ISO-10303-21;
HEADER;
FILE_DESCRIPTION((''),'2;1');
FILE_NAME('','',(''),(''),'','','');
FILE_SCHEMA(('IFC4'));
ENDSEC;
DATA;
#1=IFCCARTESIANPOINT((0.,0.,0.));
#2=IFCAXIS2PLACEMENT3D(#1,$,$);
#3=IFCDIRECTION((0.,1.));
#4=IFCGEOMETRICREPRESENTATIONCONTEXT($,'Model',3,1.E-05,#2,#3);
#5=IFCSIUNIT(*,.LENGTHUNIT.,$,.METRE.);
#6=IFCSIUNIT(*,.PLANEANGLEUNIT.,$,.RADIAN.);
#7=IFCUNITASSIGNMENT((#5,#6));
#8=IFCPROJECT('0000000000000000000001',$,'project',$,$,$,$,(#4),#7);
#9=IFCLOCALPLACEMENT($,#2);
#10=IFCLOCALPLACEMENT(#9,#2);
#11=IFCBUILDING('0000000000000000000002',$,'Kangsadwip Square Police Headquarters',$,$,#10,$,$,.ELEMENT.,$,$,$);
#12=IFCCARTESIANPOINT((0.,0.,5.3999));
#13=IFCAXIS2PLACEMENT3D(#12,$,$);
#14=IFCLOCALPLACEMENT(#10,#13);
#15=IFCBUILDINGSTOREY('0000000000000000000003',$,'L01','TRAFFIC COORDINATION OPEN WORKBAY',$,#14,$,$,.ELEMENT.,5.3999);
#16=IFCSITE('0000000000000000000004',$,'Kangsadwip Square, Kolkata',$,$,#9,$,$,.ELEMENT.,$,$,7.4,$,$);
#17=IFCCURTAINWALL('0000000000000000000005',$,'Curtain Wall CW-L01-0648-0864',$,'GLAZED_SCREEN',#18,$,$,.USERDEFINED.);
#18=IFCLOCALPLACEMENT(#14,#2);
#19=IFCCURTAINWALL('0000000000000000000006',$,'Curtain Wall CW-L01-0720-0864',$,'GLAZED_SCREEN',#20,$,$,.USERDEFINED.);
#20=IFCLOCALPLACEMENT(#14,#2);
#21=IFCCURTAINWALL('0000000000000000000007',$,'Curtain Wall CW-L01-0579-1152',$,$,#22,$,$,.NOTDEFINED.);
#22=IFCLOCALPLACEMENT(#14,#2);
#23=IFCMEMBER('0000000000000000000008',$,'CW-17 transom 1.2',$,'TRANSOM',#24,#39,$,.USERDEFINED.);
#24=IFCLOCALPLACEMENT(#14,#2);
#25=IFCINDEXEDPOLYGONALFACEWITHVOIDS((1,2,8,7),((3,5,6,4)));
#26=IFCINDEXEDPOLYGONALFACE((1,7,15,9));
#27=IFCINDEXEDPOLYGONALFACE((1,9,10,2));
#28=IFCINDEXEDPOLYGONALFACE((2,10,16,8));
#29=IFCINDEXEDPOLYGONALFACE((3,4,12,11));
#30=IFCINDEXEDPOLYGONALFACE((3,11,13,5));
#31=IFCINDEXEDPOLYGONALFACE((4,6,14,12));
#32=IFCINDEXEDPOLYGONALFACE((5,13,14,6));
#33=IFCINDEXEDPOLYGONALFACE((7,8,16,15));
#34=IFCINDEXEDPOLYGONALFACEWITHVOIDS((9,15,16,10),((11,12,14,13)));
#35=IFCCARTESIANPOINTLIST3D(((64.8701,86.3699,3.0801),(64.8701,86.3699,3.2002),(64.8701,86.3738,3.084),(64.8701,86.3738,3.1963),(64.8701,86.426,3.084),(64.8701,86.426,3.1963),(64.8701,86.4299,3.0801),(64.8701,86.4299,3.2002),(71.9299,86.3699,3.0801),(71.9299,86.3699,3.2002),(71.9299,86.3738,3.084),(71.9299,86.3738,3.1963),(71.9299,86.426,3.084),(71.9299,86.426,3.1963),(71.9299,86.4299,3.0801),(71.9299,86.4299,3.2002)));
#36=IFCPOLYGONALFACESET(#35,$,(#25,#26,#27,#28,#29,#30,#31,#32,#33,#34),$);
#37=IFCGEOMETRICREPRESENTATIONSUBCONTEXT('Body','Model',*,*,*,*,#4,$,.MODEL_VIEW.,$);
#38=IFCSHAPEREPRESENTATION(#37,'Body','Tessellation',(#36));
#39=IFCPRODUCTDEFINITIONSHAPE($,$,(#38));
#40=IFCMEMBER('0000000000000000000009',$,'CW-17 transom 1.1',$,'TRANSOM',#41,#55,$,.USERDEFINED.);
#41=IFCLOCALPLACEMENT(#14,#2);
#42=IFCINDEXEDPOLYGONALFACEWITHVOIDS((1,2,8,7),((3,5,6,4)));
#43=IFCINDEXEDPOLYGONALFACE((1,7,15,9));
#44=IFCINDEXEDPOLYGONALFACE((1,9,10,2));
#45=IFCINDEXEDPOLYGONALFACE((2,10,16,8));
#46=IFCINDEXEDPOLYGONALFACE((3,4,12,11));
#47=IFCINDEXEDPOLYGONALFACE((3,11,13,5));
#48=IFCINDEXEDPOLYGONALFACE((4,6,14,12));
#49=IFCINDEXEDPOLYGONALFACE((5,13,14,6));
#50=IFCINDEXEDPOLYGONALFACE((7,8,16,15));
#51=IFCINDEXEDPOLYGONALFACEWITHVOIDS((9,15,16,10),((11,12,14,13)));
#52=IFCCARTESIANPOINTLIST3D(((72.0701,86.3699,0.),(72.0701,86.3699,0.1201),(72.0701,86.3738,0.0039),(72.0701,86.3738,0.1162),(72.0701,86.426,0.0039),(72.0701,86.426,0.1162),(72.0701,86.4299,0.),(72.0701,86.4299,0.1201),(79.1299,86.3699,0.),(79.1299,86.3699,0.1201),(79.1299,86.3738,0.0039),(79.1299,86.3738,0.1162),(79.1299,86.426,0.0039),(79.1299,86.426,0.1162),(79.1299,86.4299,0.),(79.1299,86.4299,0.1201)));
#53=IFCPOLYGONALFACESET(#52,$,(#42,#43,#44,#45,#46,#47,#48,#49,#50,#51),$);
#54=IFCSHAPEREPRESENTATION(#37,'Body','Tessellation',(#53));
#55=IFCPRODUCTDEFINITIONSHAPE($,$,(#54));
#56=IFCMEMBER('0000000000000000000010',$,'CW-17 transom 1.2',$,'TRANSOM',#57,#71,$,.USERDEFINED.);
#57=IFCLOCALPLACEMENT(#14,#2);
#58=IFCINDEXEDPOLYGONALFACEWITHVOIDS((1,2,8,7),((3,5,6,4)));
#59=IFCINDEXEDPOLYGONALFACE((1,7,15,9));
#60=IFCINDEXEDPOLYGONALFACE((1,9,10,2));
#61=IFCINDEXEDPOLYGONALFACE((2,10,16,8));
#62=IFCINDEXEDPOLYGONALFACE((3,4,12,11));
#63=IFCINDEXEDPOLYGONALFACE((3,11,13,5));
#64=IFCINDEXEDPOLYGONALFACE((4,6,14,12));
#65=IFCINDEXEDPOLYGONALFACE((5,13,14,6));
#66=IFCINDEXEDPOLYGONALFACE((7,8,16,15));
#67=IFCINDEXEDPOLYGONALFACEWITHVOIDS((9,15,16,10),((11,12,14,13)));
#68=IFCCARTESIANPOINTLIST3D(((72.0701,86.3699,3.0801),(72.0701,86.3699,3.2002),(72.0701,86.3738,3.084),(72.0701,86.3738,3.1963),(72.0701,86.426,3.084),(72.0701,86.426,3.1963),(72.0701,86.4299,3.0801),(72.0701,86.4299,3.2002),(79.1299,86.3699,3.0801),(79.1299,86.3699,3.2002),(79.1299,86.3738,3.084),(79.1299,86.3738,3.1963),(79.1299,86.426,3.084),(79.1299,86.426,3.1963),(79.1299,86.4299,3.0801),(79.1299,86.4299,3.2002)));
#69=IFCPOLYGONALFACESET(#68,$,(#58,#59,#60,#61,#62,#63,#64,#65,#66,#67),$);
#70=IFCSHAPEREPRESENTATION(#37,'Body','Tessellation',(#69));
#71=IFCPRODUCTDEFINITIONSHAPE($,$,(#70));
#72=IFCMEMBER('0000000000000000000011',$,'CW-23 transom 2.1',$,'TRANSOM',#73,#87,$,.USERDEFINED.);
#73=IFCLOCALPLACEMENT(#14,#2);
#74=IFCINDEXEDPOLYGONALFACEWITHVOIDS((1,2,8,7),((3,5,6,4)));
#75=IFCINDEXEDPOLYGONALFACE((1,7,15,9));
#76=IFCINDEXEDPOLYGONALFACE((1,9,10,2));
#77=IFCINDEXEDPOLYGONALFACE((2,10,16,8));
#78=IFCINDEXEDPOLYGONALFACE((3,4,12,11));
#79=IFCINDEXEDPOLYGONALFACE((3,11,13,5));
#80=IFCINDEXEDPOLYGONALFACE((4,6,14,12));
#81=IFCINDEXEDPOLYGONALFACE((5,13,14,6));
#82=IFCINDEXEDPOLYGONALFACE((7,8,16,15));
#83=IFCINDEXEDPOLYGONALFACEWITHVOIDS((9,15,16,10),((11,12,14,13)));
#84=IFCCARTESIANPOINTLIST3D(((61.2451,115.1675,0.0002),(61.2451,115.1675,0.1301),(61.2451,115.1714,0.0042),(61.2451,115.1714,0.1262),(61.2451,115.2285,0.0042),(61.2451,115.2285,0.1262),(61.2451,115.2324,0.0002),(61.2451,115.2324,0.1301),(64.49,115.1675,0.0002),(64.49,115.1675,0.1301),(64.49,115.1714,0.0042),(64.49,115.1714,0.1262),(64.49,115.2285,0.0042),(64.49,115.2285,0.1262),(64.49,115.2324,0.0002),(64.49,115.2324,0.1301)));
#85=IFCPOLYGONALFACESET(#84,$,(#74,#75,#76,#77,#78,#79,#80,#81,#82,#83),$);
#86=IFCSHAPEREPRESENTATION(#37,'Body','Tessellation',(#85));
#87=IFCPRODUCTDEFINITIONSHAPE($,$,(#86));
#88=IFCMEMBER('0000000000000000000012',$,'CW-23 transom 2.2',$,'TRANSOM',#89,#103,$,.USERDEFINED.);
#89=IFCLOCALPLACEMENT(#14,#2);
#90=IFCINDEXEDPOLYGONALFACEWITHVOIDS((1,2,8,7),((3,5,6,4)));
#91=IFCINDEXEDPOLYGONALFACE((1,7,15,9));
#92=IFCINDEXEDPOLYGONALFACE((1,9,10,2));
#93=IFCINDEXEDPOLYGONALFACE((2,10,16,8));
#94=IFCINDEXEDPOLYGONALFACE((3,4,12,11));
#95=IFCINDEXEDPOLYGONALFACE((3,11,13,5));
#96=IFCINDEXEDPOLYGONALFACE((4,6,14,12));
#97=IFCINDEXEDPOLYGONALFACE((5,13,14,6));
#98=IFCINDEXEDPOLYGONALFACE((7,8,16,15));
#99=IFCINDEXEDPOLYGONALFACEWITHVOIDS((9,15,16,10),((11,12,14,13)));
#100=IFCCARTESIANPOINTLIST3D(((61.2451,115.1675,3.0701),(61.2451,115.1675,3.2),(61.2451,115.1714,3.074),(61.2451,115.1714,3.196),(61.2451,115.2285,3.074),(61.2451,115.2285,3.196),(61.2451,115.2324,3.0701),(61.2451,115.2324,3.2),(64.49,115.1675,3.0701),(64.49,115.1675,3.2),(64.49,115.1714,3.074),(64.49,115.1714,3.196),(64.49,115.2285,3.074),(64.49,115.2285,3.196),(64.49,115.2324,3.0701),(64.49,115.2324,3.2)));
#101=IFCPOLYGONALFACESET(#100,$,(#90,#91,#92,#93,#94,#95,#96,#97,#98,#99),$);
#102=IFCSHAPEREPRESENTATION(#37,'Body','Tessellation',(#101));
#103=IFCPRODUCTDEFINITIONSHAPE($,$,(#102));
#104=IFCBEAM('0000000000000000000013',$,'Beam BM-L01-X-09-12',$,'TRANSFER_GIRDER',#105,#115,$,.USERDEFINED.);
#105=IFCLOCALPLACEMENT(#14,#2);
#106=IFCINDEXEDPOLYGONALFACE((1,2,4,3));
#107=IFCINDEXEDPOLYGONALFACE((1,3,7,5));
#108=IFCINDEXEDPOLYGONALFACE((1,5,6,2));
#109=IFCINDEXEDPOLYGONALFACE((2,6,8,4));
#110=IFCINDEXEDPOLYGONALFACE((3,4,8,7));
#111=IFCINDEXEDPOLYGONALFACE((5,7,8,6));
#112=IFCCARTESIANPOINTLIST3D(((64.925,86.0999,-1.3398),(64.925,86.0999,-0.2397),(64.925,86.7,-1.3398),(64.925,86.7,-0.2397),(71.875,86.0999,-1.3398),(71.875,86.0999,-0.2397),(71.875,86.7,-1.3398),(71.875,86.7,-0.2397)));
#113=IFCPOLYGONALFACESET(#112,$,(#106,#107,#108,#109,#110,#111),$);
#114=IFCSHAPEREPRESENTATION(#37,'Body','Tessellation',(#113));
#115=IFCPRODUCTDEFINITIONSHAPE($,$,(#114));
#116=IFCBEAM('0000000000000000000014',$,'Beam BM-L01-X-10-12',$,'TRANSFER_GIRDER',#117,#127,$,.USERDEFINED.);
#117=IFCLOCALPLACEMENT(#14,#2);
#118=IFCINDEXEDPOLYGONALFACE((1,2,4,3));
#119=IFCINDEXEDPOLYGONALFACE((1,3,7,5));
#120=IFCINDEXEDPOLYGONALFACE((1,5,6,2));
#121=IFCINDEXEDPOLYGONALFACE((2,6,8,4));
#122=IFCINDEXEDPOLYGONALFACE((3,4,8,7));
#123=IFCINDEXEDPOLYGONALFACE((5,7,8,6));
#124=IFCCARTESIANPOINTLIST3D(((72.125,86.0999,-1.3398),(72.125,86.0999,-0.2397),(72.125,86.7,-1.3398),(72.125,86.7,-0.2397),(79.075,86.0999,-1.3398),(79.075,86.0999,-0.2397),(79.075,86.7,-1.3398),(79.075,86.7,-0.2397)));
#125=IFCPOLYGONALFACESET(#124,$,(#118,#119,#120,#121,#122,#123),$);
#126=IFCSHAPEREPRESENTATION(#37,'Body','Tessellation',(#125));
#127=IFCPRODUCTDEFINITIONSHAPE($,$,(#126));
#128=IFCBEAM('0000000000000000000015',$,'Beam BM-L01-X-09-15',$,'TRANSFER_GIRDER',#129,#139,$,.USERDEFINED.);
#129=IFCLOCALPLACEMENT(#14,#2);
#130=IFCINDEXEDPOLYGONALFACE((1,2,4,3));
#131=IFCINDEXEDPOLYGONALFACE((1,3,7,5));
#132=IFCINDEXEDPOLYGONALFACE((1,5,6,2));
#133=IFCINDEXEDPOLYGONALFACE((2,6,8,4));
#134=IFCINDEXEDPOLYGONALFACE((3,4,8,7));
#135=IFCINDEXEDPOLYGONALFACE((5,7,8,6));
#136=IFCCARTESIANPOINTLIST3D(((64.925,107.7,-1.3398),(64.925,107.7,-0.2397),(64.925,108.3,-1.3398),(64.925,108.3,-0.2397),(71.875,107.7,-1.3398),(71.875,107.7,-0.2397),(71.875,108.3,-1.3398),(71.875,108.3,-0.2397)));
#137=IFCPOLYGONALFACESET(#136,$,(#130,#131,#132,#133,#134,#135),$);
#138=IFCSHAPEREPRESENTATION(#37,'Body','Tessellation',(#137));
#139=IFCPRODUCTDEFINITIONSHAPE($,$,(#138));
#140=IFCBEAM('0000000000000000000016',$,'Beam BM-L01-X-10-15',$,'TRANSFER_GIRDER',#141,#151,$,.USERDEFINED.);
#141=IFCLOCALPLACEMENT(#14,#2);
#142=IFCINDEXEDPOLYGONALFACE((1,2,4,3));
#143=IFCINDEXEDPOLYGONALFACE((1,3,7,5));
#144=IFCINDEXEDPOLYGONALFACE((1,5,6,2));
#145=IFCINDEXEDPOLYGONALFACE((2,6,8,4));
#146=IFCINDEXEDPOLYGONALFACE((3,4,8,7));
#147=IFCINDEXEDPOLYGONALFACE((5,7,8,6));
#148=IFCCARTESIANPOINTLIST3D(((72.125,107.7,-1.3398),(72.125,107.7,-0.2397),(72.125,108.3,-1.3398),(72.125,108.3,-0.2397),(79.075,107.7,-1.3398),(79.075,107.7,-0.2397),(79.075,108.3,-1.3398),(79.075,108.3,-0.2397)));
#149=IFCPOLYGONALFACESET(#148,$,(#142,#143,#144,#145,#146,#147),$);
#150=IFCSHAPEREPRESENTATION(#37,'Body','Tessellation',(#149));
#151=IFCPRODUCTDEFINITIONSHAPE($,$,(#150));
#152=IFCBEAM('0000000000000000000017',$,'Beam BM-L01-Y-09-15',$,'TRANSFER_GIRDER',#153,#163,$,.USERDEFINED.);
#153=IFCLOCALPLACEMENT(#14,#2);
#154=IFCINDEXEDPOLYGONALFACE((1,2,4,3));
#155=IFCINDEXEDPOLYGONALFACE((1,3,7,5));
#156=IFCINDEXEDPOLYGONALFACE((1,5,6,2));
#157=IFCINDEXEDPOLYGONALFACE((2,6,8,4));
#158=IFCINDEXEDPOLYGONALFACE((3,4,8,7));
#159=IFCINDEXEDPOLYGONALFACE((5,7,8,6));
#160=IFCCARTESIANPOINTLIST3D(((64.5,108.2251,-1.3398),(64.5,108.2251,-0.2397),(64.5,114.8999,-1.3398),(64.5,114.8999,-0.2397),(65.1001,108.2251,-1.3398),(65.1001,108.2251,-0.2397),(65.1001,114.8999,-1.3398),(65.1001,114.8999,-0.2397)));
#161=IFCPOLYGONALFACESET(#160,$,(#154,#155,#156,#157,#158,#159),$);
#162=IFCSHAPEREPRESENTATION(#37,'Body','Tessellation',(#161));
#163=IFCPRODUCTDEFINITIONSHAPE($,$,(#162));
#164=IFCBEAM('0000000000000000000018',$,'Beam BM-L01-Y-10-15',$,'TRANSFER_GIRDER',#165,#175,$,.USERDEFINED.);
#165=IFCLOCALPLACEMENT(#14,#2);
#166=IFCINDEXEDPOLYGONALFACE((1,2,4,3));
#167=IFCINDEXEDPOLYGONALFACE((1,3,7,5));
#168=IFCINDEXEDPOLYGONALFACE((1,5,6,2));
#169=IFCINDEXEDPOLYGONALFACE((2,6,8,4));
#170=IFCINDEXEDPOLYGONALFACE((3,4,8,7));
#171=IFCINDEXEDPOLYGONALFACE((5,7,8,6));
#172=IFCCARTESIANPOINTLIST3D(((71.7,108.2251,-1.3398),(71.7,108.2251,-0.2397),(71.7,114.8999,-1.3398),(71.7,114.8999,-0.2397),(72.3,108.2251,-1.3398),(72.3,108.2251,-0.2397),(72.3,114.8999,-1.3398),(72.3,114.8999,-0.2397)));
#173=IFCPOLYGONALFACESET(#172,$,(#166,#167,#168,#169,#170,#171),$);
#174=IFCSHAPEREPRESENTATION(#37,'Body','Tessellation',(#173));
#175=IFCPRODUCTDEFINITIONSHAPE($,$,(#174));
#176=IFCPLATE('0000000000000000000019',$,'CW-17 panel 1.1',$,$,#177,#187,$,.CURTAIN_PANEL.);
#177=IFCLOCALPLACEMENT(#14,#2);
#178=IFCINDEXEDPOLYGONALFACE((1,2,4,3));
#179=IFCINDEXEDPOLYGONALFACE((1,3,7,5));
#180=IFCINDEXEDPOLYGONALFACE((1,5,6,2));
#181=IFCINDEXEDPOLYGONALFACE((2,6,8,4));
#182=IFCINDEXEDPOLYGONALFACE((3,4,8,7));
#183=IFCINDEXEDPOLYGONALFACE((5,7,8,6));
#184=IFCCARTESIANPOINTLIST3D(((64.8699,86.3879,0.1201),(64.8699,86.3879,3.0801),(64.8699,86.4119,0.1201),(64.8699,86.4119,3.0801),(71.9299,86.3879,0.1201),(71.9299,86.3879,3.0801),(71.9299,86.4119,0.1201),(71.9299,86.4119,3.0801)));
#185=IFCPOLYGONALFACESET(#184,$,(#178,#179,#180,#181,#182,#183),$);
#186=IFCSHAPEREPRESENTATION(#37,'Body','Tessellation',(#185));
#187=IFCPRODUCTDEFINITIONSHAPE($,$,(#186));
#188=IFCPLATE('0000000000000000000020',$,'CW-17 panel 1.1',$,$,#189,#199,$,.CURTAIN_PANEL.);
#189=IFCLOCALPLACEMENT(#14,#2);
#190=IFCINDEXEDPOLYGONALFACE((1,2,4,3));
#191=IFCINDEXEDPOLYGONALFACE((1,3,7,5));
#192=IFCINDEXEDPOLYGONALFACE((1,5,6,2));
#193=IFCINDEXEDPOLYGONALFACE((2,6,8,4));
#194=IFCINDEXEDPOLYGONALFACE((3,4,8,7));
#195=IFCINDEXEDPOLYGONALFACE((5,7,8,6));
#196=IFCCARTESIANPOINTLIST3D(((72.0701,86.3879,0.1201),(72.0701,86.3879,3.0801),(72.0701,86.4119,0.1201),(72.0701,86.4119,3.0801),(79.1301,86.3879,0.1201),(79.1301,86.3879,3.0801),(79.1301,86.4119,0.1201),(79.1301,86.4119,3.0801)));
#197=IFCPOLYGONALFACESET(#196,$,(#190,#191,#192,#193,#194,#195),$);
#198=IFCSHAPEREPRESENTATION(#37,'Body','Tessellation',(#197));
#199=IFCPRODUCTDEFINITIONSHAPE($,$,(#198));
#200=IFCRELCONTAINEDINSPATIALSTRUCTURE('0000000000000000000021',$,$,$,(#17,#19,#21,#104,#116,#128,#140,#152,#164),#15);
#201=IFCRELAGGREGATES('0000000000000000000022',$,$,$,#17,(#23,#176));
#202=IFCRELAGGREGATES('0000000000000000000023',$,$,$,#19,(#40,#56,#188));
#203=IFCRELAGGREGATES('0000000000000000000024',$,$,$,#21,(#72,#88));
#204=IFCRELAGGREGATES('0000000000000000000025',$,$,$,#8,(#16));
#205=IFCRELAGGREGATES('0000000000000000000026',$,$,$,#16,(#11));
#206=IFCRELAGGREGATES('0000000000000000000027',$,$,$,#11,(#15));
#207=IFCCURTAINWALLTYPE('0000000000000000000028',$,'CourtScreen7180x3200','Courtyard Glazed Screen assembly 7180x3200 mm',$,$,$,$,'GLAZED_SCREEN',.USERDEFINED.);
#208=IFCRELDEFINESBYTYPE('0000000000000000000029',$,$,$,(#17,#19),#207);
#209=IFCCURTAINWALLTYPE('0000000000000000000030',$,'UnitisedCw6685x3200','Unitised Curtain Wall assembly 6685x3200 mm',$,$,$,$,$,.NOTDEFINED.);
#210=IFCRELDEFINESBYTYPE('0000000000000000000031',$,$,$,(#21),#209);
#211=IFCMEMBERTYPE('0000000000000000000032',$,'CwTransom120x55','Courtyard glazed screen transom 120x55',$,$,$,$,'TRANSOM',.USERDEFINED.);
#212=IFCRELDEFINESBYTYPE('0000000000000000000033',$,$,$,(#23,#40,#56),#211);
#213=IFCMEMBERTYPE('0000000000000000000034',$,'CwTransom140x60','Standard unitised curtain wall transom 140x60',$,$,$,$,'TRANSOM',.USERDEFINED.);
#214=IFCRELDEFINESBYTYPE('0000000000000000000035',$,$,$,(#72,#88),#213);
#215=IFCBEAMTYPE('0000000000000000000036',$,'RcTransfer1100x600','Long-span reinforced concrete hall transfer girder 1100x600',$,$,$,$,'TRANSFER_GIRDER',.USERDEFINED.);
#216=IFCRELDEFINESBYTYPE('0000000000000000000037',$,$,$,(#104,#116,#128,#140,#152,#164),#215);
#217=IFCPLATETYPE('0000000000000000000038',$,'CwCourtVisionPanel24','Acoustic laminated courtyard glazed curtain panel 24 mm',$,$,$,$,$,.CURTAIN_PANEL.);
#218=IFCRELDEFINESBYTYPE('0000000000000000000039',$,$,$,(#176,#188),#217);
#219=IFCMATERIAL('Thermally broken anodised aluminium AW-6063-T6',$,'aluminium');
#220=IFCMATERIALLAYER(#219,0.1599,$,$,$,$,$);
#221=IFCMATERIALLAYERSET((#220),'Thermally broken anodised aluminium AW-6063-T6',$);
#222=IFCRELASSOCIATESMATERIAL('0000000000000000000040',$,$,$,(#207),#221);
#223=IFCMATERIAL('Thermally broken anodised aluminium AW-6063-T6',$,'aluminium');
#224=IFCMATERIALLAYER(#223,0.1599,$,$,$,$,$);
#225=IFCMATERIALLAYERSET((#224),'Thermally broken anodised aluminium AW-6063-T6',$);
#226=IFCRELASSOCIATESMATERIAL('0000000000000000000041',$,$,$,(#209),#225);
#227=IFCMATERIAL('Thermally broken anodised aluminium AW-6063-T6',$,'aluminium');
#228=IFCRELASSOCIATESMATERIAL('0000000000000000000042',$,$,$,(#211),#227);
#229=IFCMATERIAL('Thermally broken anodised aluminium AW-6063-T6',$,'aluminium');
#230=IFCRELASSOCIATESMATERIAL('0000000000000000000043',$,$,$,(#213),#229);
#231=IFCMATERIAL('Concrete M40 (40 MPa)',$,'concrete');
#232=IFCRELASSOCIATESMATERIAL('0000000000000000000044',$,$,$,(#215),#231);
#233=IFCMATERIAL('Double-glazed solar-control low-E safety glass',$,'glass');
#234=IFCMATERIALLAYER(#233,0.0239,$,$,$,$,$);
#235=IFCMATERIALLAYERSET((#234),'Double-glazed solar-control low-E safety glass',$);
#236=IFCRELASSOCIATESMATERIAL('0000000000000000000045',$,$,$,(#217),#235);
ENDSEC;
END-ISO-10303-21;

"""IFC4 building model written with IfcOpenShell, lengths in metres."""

from ifc_helpers import new_model, si_unit, direction, frame, origin, origin_2d, place, context, subcontext, project, spatial, rectangle, hollow_rectangle, extrude, material, layer, layer_set, material_profile, profile_set, type_object, element, aggregate, save


model = new_model("IFC4")

# Units and contexts
model_context = context("Model", 3, precision=1e-05, world=origin(), true_north=direction((0.0, 1.0)))
body_context = subcontext(model_context, "Body", "Model", "MODEL_VIEW")
ifc_project = project(units=[si_unit("LENGTHUNIT", "METRE"), si_unit("PLANEANGLEUNIT", "RADIAN")], contexts=[model_context])

# Site, building, storey
site_placement = place(None, origin())
site = spatial("IfcSite", under=ifc_project, at=site_placement, Name="Kangsadwip Square, Kolkata", CompositionType="ELEMENT", RefElevation=7.4)
building_placement = place(site_placement, origin())
building = spatial("IfcBuilding", under=site, at=building_placement, Name="Kangsadwip Square Police Headquarters", CompositionType="ELEMENT")
storey_placement = place(building_placement, frame((0.0, 0.0, 5.3999)))
storey = spatial("IfcBuildingStorey", under=building, at=storey_placement, Name="L01", Description="TRAFFIC COORDINATION OPEN WORKBAY", CompositionType="ELEMENT", Elevation=5.3999)

# Shared definitions
ifc_material_1 = material(Name="Thermally broken anodised aluminium AW-6063-T6", Category="aluminium")
ifc_layer_1 = layer(ifc_material_1, 0.1599)
ifc_layer_set_1 = layer_set([ifc_layer_1], Name="Thermally broken anodised aluminium AW-6063-T6")
curtain_wall_type_1 = type_object("IfcCurtainWallType", Name="CourtScreen7180x3200", Description="Courtyard Glazed Screen assembly 7180x3200 mm", ElementType="GLAZED_SCREEN", PredefinedType="USERDEFINED", material=ifc_layer_set_1)

# Curtain wall
curtain_wall_1_placement = place(storey_placement, origin())
curtain_wall_1 = element("IfcCurtainWall", 1, at=curtain_wall_1_placement, inside=storey, type_object=curtain_wall_type_1, Name="Curtain Wall CW-L01-0648-0864", ObjectType="GLAZED_SCREEN", PredefinedType="USERDEFINED")

# Curtain walls
curtain_wall_2_placement = place(storey_placement, origin())
curtain_wall_2 = element("IfcCurtainWall", 2, at=curtain_wall_2_placement, inside=storey, type_object=curtain_wall_type_1, Name="Curtain Wall CW-L01-0720-0864", ObjectType="GLAZED_SCREEN", PredefinedType="USERDEFINED")
ifc_material_2 = material(Name="Thermally broken anodised aluminium AW-6063-T6", Category="aluminium")
ifc_layer_2 = layer(ifc_material_2, 0.1599)
ifc_layer_set_2 = layer_set([ifc_layer_2], Name="Thermally broken anodised aluminium AW-6063-T6")
curtain_wall_type_2 = type_object("IfcCurtainWallType", Name="UnitisedCw6685x3200", Description="Unitised Curtain Wall assembly 6685x3200 mm", PredefinedType="NOTDEFINED", material=ifc_layer_set_2)
curtain_wall_3_placement = place(storey_placement, origin())
curtain_wall_3 = element("IfcCurtainWall", 3, at=curtain_wall_3_placement, inside=storey, type_object=curtain_wall_type_2, Name="Curtain Wall CW-L01-0579-1152", PredefinedType="NOTDEFINED")

# Members
ifc_material_3 = material(Name="Thermally broken anodised aluminium AW-6063-T6", Category="aluminium")
ifc_material_profile_1 = material_profile(ifc_material_3, hollow_rectangle(XDim=0.0601, YDim=0.1201, WallThickness=0.0039, at=origin_2d()), Name="CWT 120X60X4")
ifc_profile_set_1 = profile_set([ifc_material_profile_1], Name="Thermally broken anodised aluminium AW-6063-T6")
member_type_1 = type_object("IfcMemberType", Name="CwTransom120x55", Description="Courtyard glazed screen transom 120x55", ElementType="TRANSOM", PredefinedType="USERDEFINED", material=ifc_profile_set_1)
member_1_placement = place(storey_placement, frame((64.8701, 86.3999, 3.1401), z_axis=(1.0, 0.0, 0.0), x_axis=(0.0, 1.0, 0.0)))
member_1 = element("IfcMember", 4, at=member_1_placement, type_object=member_type_1, Name="CW-17 transom 1.2", ObjectType="TRANSOM", PredefinedType="USERDEFINED", context=body_context, shape_type="SweptSolid", body=[
    extrude(hollow_rectangle(XDim=0.0601, YDim=0.1201, WallThickness=0.0039, at=origin_2d()), origin(), (0.0, 0.0, 1.0), 7.0598),
])
member_2_placement = place(storey_placement, frame((72.0701, 86.3999, 0.0601), z_axis=(1.0, 0.0, 0.0), x_axis=(0.0, 1.0, 0.0)))
member_2 = element("IfcMember", 5, at=member_2_placement, type_object=member_type_1, Name="CW-17 transom 1.1", ObjectType="TRANSOM", PredefinedType="USERDEFINED", context=body_context, shape_type="SweptSolid", body=[
    extrude(hollow_rectangle(XDim=0.0601, YDim=0.1201, WallThickness=0.0039, at=origin_2d()), origin(), (0.0, 0.0, 1.0), 7.0598),
])
member_3_placement = place(storey_placement, frame((72.0701, 86.3999, 3.1401), z_axis=(1.0, 0.0, 0.0), x_axis=(0.0, 1.0, 0.0)))
member_3 = element("IfcMember", 6, at=member_3_placement, type_object=member_type_1, Name="CW-17 transom 1.2", ObjectType="TRANSOM", PredefinedType="USERDEFINED", context=body_context, shape_type="SweptSolid", body=[
    extrude(hollow_rectangle(XDim=0.0601, YDim=0.1201, WallThickness=0.0039, at=origin_2d()), origin(), (0.0, 0.0, 1.0), 7.0598),
])
ifc_material_4 = material(Name="Thermally broken anodised aluminium AW-6063-T6", Category="aluminium")
ifc_material_profile_2 = material_profile(ifc_material_4, hollow_rectangle(XDim=0.0649, YDim=0.1299, WallThickness=0.0039, at=origin_2d()), Name="CWT 130X65X4")
ifc_profile_set_2 = profile_set([ifc_material_profile_2], Name="Thermally broken anodised aluminium AW-6063-T6")
member_type_2 = type_object("IfcMemberType", Name="CwTransom140x60", Description="Standard unitised curtain wall transom 140x60", ElementType="TRANSOM", PredefinedType="USERDEFINED", material=ifc_profile_set_2)
member_4_placement = place(storey_placement, frame((61.2451, 115.2, 0.0652), z_axis=(1.0, 0.0, 0.0), x_axis=(0.0, 1.0, 0.0)))
member_4 = element("IfcMember", 7, at=member_4_placement, type_object=member_type_2, Name="CW-23 transom 2.1", ObjectType="TRANSOM", PredefinedType="USERDEFINED", context=body_context, shape_type="SweptSolid", body=[
    extrude(hollow_rectangle(XDim=0.0649, YDim=0.1299, WallThickness=0.0039, at=origin_2d()), origin(), (0.0, 0.0, 1.0), 3.2449),
])
member_5_placement = place(storey_placement, frame((61.2451, 115.2, 3.135), z_axis=(1.0, 0.0, 0.0), x_axis=(0.0, 1.0, 0.0)))
member_5 = element("IfcMember", 8, at=member_5_placement, type_object=member_type_2, Name="CW-23 transom 2.2", ObjectType="TRANSOM", PredefinedType="USERDEFINED", context=body_context, shape_type="SweptSolid", body=[
    extrude(hollow_rectangle(XDim=0.0649, YDim=0.1299, WallThickness=0.0039, at=origin_2d()), origin(), (0.0, 0.0, 1.0), 3.2449),
])

# Beams
ifc_material_5 = material(Name="Concrete M40 (40 MPa)", Category="concrete")
ifc_material_profile_3 = material_profile(ifc_material_5, rectangle(XDim=0.6001, YDim=1.1001, at=origin_2d()), Name="RC TG 1100X600")
ifc_profile_set_3 = profile_set([ifc_material_profile_3], Name="Concrete M40 (40 MPa)")
beam_type = type_object("IfcBeamType", Name="RcTransfer1100x600", Description="Long-span reinforced concrete hall transfer girder 1100x600", ElementType="TRANSFER_GIRDER", PredefinedType="USERDEFINED", material=ifc_profile_set_3)
for number, where, z_axis, x_axis, name in (
    (9, (64.925, 86.3999, -0.7898), (1.0, 0.0, 0.0), (0.0, 1.0, 0.0), "Beam BM-L01-X-09-12"),
    (10, (72.125, 86.3999, -0.7898), (1.0, 0.0, 0.0), (0.0, 1.0, 0.0), "Beam BM-L01-X-10-12"),
    (11, (64.925, 108.0, -0.7898), (1.0, 0.0, 0.0), (0.0, 1.0, 0.0), "Beam BM-L01-X-09-15"),
    (12, (72.125, 108.0, -0.7898), (1.0, 0.0, 0.0), (0.0, 1.0, 0.0), "Beam BM-L01-X-10-15"),
):
    element("IfcBeam", number, at=place(storey_placement, frame(where, z_axis=z_axis, x_axis=x_axis)), inside=storey, type_object=beam_type, Name=name, ObjectType="TRANSFER_GIRDER", PredefinedType="USERDEFINED", context=body_context, shape_type="SweptSolid", body=[
        extrude(rectangle(XDim=0.6001, YDim=1.1001, at=origin_2d()), origin(), (0.0, 0.0, 1.0), 6.95),
    ])
for number, where, z_axis, x_axis, name in (
    (13, (64.8, 108.2251, -0.7898), (0.0, 1.0, 0.0), (-1.0, 0.0, 0.0), "Beam BM-L01-Y-09-15"),
    (14, (72.0, 108.2251, -0.7898), (0.0, 1.0, 0.0), (-1.0, 0.0, 0.0), "Beam BM-L01-Y-10-15"),
):
    element("IfcBeam", number, at=place(storey_placement, frame(where, z_axis=z_axis, x_axis=x_axis)), inside=storey, type_object=beam_type, Name=name, ObjectType="TRANSFER_GIRDER", PredefinedType="USERDEFINED", context=body_context, shape_type="SweptSolid", body=[
        extrude(rectangle(XDim=0.6001, YDim=1.1001, at=origin_2d()), origin(), (0.0, 0.0, 1.0), 6.6748),
    ])

# Plates
ifc_material_6 = material(Name="Double-glazed solar-control low-E safety glass", Category="glass")
ifc_layer_3 = layer(ifc_material_6, 0.0239)
ifc_layer_set_3 = layer_set([ifc_layer_3], Name="Double-glazed solar-control low-E safety glass")
plate_type_1 = type_object("IfcPlateType", Name="CwCourtVisionPanel24", Description="Acoustic laminated courtyard glazed curtain panel 24 mm", PredefinedType="CURTAIN_PANEL", material=ifc_layer_set_3)
plate_1_placement = place(storey_placement, frame((68.3999, 86.3999, 0.1201), z_axis=(0.0, 0.0, 1.0), x_axis=(1.0, 0.0, 0.0)))
plate_1 = element("IfcPlate", 15, at=plate_1_placement, type_object=plate_type_1, Name="CW-17 panel 1.1", PredefinedType="CURTAIN_PANEL", context=body_context, shape_type="SweptSolid", body=[
    extrude(rectangle(XDim=7.0601, YDim=0.0239, at=origin_2d()), origin(), (0.0, 0.0, 1.0), 2.96),
])
aggregate(curtain_wall_1, [member_1, plate_1])
plate_2_placement = place(storey_placement, frame((75.6001, 86.3999, 0.1201), z_axis=(0.0, 0.0, 1.0), x_axis=(1.0, 0.0, 0.0)))
plate_2 = element("IfcPlate", 16, at=plate_2_placement, type_object=plate_type_1, Name="CW-17 panel 1.1", PredefinedType="CURTAIN_PANEL", context=body_context, shape_type="SweptSolid", body=[
    extrude(rectangle(XDim=7.0601, YDim=0.0239, at=origin_2d()), origin(), (0.0, 0.0, 1.0), 2.96),
])
aggregate(curtain_wall_2, [member_2, member_3, plate_2])
aggregate(curtain_wall_3, [member_4, member_5])

save(model, "model.ifc")
